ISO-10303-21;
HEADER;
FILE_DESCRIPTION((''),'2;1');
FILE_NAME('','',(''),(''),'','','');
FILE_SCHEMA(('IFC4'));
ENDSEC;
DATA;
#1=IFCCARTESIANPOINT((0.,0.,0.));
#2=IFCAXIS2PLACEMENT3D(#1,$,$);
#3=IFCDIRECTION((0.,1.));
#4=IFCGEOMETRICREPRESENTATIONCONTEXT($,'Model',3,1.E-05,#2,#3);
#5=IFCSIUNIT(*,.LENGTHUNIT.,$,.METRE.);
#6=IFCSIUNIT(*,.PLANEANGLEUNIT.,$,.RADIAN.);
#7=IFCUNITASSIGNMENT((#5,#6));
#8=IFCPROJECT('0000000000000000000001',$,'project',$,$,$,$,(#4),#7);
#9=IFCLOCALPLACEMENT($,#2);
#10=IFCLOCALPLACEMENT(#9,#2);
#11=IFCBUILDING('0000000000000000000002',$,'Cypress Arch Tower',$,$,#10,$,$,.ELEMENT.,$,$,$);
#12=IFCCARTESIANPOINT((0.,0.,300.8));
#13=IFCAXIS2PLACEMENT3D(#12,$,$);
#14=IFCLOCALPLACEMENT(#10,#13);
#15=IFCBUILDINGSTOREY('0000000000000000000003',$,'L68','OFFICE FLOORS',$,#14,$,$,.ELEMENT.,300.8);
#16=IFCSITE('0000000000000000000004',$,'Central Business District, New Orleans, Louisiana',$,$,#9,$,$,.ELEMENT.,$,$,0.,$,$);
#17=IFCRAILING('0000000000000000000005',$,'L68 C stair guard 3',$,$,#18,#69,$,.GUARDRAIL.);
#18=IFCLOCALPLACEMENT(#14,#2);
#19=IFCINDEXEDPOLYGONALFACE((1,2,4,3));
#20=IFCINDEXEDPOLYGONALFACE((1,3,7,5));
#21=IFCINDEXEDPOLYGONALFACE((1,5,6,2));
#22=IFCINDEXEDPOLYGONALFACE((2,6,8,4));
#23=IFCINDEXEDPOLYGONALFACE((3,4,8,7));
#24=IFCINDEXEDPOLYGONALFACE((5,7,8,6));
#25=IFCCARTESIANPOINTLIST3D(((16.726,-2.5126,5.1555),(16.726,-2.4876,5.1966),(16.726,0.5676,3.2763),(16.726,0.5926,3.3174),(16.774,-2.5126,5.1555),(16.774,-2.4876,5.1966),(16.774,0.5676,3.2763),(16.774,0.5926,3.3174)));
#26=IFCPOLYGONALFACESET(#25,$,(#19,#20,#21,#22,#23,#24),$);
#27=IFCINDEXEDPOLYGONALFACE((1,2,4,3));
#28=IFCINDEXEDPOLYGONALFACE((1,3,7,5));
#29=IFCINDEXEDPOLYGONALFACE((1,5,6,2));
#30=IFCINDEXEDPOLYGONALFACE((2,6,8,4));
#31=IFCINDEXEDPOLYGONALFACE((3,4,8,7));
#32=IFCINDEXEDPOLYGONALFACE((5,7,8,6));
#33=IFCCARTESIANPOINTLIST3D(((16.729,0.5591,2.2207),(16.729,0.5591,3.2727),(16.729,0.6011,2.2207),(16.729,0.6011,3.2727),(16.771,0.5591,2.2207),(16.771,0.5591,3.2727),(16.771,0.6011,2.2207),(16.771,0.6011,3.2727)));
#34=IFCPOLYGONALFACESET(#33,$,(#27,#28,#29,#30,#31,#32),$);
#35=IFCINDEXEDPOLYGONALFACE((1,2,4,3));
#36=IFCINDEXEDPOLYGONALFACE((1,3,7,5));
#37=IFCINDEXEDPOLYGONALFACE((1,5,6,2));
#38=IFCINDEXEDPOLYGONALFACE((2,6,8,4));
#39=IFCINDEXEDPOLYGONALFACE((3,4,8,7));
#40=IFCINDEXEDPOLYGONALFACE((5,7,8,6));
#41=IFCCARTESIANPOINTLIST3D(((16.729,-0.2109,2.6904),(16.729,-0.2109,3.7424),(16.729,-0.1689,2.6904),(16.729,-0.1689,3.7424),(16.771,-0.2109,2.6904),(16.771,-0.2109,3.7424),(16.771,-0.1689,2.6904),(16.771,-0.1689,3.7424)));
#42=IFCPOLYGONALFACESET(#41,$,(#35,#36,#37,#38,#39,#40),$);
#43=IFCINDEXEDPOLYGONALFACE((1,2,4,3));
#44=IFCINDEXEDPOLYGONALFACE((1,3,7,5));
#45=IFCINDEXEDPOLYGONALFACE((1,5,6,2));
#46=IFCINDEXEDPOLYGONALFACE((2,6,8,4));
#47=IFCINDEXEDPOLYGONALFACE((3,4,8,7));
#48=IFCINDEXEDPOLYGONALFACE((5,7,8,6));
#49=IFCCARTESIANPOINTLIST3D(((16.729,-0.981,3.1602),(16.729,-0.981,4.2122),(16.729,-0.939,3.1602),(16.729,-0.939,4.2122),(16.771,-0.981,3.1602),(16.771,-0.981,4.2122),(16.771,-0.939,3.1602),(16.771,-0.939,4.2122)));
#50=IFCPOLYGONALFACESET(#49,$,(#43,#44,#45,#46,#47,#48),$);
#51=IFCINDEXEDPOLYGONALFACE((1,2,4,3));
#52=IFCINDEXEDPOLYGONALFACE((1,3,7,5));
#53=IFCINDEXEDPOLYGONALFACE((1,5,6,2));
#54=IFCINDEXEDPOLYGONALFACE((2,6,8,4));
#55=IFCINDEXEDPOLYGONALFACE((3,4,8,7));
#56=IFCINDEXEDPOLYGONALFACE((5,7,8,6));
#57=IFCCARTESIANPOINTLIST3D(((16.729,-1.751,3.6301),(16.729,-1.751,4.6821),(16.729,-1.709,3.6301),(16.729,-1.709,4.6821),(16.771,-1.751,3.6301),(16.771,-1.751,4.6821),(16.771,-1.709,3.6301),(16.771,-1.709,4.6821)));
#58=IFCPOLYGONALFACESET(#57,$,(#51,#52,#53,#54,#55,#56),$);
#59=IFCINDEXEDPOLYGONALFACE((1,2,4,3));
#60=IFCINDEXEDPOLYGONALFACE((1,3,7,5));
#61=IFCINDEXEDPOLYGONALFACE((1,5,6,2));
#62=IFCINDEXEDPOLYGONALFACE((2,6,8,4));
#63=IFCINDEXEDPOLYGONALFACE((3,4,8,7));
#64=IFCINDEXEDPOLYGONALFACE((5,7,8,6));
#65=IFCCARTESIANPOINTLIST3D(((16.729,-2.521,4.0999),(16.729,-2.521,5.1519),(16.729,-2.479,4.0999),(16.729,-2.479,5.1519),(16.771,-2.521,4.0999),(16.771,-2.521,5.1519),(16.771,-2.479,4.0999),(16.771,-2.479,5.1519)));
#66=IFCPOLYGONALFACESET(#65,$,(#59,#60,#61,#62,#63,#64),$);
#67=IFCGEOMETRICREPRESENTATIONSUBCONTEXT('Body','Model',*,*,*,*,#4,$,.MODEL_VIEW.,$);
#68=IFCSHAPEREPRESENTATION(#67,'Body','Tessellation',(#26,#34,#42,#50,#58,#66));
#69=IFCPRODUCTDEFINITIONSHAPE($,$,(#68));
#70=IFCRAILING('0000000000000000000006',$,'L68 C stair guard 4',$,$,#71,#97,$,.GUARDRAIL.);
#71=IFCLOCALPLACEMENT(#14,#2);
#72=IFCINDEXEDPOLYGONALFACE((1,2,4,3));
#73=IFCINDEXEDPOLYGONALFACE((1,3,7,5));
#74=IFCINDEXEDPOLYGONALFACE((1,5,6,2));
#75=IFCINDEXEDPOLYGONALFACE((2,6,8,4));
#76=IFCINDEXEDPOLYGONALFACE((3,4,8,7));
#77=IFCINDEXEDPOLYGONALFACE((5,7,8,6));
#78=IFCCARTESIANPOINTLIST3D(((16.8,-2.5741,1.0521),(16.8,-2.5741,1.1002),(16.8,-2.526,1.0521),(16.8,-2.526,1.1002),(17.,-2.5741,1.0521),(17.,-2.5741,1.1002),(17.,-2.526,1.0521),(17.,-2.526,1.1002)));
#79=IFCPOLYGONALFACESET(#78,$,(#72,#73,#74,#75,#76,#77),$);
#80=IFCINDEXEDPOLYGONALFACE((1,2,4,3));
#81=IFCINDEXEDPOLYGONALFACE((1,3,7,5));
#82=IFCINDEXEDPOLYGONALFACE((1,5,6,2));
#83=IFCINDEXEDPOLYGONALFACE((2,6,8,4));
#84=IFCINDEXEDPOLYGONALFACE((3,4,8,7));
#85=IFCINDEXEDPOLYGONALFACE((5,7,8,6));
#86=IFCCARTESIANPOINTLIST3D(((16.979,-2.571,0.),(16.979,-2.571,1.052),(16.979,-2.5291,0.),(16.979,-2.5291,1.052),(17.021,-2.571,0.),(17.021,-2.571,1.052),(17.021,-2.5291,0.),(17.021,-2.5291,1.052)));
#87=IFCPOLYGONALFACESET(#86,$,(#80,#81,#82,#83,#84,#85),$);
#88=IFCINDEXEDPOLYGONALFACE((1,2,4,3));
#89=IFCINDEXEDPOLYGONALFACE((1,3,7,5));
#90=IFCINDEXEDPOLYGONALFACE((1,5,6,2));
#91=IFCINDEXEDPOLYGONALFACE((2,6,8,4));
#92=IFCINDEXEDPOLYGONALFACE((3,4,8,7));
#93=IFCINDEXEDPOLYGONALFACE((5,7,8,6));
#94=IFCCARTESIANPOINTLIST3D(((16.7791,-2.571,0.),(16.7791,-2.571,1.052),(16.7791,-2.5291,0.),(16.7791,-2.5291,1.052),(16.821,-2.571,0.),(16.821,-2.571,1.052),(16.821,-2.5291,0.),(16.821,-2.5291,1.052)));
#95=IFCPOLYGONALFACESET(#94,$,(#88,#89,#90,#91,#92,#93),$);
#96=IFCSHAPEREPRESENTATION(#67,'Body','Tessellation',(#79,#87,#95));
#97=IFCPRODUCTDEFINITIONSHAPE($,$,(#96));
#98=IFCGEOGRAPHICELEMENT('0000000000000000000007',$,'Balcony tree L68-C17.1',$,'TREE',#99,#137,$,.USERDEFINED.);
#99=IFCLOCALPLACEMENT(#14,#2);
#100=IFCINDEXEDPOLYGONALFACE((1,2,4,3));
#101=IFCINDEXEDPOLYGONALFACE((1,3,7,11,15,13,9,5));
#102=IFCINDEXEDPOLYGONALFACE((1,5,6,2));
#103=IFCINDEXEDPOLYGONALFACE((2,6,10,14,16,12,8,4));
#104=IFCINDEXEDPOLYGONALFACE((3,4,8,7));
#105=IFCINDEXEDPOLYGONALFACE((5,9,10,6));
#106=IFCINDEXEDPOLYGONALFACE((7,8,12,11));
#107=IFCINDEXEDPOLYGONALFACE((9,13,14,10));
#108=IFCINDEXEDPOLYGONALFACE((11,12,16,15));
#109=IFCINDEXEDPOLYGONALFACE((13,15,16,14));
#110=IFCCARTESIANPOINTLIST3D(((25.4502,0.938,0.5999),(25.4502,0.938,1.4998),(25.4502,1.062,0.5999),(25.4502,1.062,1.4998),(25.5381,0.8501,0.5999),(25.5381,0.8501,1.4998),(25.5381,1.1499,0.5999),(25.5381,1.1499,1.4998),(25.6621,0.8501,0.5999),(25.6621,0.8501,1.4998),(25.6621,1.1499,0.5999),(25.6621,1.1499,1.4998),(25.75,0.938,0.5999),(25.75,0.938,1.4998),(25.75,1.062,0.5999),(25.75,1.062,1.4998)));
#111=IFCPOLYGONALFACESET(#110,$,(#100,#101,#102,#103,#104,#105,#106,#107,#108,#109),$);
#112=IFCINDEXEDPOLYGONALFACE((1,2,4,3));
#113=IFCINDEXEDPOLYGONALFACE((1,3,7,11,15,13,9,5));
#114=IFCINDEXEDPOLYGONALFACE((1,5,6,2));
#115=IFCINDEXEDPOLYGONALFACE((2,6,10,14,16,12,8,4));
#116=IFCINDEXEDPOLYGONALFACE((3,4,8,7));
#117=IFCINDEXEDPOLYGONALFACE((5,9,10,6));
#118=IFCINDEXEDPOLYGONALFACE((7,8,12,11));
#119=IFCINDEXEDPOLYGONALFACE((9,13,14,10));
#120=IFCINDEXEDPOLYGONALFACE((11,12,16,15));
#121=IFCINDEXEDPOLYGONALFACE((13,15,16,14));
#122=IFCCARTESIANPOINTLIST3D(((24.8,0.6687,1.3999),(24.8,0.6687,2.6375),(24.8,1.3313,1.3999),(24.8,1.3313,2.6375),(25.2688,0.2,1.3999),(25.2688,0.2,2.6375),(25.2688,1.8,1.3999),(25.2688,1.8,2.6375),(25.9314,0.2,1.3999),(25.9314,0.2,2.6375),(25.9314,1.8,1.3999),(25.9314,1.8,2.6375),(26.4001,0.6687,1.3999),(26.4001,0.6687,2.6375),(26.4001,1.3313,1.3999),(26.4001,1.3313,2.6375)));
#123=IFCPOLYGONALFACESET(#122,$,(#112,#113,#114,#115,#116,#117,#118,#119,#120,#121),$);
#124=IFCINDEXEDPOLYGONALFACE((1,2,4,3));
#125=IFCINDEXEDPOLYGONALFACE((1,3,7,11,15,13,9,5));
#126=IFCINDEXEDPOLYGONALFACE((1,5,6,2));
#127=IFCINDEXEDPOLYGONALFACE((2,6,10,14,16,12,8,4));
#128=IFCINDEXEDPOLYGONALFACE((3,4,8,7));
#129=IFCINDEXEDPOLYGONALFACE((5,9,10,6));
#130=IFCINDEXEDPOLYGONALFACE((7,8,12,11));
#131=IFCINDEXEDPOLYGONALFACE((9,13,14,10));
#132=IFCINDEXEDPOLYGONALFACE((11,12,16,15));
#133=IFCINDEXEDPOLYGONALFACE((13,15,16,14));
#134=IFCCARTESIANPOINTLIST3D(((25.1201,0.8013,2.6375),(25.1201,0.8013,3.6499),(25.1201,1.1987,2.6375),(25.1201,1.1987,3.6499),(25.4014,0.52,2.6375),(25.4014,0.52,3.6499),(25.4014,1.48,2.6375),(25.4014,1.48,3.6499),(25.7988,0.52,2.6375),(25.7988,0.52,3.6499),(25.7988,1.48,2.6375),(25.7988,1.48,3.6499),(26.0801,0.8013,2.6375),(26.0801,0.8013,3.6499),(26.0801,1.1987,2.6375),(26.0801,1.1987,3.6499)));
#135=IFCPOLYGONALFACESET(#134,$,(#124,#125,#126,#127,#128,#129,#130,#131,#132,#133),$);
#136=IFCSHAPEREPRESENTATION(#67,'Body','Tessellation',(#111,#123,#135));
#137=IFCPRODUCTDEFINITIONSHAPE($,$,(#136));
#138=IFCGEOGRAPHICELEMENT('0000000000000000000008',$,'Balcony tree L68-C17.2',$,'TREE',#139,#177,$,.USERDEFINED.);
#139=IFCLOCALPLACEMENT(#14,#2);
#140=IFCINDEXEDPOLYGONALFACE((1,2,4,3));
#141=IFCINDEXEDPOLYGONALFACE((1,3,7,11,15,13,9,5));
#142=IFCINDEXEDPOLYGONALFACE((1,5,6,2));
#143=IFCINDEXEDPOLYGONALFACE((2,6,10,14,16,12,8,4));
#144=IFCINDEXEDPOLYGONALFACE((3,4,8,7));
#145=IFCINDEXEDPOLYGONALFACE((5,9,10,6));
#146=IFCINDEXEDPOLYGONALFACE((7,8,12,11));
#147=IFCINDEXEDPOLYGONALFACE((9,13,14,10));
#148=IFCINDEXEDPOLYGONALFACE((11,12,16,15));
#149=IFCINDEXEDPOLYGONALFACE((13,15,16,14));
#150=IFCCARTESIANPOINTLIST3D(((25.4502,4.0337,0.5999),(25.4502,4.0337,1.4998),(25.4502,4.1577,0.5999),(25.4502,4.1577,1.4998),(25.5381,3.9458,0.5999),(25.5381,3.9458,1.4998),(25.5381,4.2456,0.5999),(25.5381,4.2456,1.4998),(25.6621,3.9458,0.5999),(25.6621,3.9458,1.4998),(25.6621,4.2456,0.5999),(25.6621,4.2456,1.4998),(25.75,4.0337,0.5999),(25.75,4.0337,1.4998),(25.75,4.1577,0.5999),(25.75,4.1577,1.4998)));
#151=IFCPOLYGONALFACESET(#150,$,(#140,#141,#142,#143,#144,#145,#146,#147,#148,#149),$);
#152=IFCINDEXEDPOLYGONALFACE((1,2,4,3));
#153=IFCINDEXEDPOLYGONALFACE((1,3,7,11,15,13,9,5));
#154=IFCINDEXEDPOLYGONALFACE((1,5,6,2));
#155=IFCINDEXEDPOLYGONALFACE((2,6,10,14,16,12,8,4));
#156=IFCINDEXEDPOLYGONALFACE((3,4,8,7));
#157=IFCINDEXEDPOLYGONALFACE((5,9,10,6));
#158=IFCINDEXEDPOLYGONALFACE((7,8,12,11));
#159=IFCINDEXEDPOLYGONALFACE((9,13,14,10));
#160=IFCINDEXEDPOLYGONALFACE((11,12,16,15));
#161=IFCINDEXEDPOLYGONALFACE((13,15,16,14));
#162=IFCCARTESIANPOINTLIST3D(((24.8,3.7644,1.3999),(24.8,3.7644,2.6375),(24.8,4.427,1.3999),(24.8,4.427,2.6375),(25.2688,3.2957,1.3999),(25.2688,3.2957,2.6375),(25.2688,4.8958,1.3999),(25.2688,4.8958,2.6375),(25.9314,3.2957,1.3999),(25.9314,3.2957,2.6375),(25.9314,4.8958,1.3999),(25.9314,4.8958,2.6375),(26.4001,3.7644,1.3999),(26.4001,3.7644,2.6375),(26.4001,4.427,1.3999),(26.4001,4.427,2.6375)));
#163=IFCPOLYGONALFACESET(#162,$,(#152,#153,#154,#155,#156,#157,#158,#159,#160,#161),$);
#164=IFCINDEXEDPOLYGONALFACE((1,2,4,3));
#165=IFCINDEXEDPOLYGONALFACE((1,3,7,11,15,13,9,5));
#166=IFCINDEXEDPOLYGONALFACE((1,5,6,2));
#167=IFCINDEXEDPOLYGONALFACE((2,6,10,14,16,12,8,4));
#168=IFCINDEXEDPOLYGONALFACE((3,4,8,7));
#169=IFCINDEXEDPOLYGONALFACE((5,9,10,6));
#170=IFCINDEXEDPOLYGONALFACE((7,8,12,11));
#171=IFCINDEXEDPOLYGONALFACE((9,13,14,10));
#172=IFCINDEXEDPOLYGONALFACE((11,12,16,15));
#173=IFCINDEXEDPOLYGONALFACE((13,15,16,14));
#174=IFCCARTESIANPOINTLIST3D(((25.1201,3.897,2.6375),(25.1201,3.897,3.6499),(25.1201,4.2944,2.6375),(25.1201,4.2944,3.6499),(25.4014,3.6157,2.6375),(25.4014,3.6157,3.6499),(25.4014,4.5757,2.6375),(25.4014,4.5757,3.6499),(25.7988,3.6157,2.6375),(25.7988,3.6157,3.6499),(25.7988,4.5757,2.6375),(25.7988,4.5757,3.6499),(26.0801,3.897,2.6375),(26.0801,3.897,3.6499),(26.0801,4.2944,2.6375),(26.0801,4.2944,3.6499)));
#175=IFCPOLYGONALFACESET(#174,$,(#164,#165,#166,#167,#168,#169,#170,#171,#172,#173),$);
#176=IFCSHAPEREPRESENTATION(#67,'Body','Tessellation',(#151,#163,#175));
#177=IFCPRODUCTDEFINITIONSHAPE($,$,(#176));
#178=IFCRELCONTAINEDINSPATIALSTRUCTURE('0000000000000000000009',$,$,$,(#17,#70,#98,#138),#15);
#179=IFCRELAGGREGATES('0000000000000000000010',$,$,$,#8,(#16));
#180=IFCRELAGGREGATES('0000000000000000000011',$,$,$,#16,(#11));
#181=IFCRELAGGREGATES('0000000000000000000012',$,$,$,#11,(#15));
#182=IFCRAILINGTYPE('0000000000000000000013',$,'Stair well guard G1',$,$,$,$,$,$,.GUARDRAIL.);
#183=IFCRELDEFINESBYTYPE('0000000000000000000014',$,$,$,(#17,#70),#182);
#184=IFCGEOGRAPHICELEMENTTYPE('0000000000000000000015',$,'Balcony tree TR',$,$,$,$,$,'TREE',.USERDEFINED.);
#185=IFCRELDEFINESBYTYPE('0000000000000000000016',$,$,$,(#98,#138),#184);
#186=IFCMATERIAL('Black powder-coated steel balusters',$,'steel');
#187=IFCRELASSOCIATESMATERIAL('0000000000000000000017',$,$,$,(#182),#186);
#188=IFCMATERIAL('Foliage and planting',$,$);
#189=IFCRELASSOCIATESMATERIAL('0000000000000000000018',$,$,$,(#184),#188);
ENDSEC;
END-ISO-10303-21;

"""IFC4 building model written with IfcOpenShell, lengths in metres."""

from ifc_helpers import new_model, si_unit, direction, frame, origin, origin_2d, place, context, subcontext, project, spatial, polyline, rectangle, outline, extrude, material, type_object, element, save


model = new_model("IFC4")

# Units and contexts
model_context = context("Model", 3, precision=1e-05, world=origin(), true_north=direction((0.0, 1.0)))
body_context = subcontext(model_context, "Body", "Model", "MODEL_VIEW")
ifc_project = project(units=[si_unit("LENGTHUNIT", "METRE"), si_unit("PLANEANGLEUNIT", "RADIAN")], contexts=[model_context])

# Site, building, storey
site_placement = place(None, origin())
site = spatial("IfcSite", under=ifc_project, at=site_placement, Name="Central Business District, New Orleans, Louisiana", CompositionType="ELEMENT", RefElevation=0.0)
building_placement = place(site_placement, origin())
building = spatial("IfcBuilding", under=site, at=building_placement, Name="Cypress Arch Tower", CompositionType="ELEMENT")
storey_placement = place(building_placement, frame((0.0, 0.0, 300.8)))
storey = spatial("IfcBuildingStorey", under=building, at=storey_placement, Name="L68", Description="OFFICE FLOORS", CompositionType="ELEMENT", Elevation=300.8)

# Railings
ifc_material_1 = material(Name="Black powder-coated steel balusters", Category="steel")
railing_type_1 = type_object("IfcRailingType", Name="Stair well guard G1", PredefinedType="GUARDRAIL", material=ifc_material_1)
railing_1_placement = place(storey_placement, frame((16.75, 0.5801, 2.2207)))
element("IfcRailing", 1, at=railing_1_placement, inside=storey, type_object=railing_type_1, Name="L68 C stair guard 3", PredefinedType="GUARDRAIL", context=body_context, shape_type="SweptSolid", body=[
    extrude(rectangle(XDim=0.0481, YDim=0.0481, at=origin_2d()), frame((0.0, 0.0, 1.0762), z_axis=(0.0, -0.853666, 0.52082), x_axis=(1.0, 0.0, 0.0)), (0.0, 0.0, 1.0), 3.6082),
    extrude(rectangle(XDim=0.042, YDim=0.042, at=origin_2d()), origin(), (0.0, 0.0, 1.0), 1.052),
    extrude(rectangle(XDim=0.042, YDim=0.042, at=origin_2d()), frame((0.0, -0.77, 0.4697)), (0.0, 0.0, 1.0), 1.052),
    extrude(rectangle(XDim=0.042, YDim=0.042, at=origin_2d()), frame((0.0, -1.54, 0.9395)), (0.0, 0.0, 1.0), 1.052),
    extrude(rectangle(XDim=0.042, YDim=0.042, at=origin_2d()), frame((0.0, -2.3101, 1.4094)), (0.0, 0.0, 1.0), 1.052),
    extrude(rectangle(XDim=0.042, YDim=0.042, at=origin_2d()), frame((0.0, -3.0801, 1.8792)), (0.0, 0.0, 1.0), 1.052),
])
railing_2_placement = place(storey_placement, frame((17.0, -2.55, 0.0)))
element("IfcRailing", 2, at=railing_2_placement, inside=storey, type_object=railing_type_1, Name="L68 C stair guard 4", PredefinedType="GUARDRAIL", context=body_context, shape_type="SweptSolid", body=[
    extrude(rectangle(XDim=0.0481, YDim=0.0481, at=origin_2d()), frame((0.0, 0.0, 1.0762), z_axis=(-1.0, 0.0, 0.0), x_axis=(0.0, -1.0, 0.0)), (0.0, 0.0, 1.0), 0.2),
    extrude(rectangle(XDim=0.042, YDim=0.042, at=origin_2d()), origin(), (0.0, 0.0, 1.0), 1.052),
    extrude(rectangle(XDim=0.042, YDim=0.042, at=origin_2d()), frame((-0.2, 0.0, 0.0)), (0.0, 0.0, 1.0), 1.052),
])

# Geographic elements
ifc_material_2 = material(Name="Foliage and planting")
geographic_element_type = type_object("IfcGeographicElementType", Name="Balcony tree TR", ElementType="TREE", PredefinedType="USERDEFINED", material=ifc_material_2)
for number, where, z_axis, x_axis, name in (
    (3, (25.6001, 1.0, 0.5999), (0.0, 0.0, 1.0), (1.0, 0.0, 0.0), "Balcony tree L68-C17.1"),
    (4, (25.6001, 4.0957, 0.5999), (0.0, 0.0, 1.0), (1.0, 0.0, 0.0), "Balcony tree L68-C17.2"),
):
    element("IfcGeographicElement", number, at=place(storey_placement, frame(where, z_axis=z_axis, x_axis=x_axis)), inside=storey, type_object=geographic_element_type, Name=name, ObjectType="TREE", PredefinedType="USERDEFINED", context=body_context, shape_type="SweptSolid", body=[
        extrude(outline(polyline([(0.1499, 0.062), (0.062, 0.1499), (-0.062, 0.1499), (-0.1499, 0.062), (-0.1499, -0.062), (-0.062, -0.1499), (0.062, -0.1499), (0.1499, -0.062), (0.1499, 0.062)])), origin(), (0.0, 0.0, 1.0), 0.8999),
        extrude(outline(polyline([(0.8, 0.3313), (0.3313, 0.8), (-0.3313, 0.8), (-0.8, 0.3313), (-0.8, -0.3313), (-0.3313, -0.8), (0.3313, -0.8), (0.8, -0.3313), (0.8, 0.3313)])), frame((0.0, 0.0, 0.8)), (0.0, 0.0, 1.0), 1.2375),
        extrude(outline(polyline([(0.48, 0.1987), (0.1987, 0.48), (-0.1987, 0.48), (-0.48, 0.1987), (-0.48, -0.1987), (-0.1987, -0.48), (0.1987, -0.48), (0.48, -0.1987), (0.48, 0.1987)])), frame((0.0, 0.0, 2.0376)), (0.0, 0.0, 1.0), 1.0125),
    ])

save(model, "model.ifc")
